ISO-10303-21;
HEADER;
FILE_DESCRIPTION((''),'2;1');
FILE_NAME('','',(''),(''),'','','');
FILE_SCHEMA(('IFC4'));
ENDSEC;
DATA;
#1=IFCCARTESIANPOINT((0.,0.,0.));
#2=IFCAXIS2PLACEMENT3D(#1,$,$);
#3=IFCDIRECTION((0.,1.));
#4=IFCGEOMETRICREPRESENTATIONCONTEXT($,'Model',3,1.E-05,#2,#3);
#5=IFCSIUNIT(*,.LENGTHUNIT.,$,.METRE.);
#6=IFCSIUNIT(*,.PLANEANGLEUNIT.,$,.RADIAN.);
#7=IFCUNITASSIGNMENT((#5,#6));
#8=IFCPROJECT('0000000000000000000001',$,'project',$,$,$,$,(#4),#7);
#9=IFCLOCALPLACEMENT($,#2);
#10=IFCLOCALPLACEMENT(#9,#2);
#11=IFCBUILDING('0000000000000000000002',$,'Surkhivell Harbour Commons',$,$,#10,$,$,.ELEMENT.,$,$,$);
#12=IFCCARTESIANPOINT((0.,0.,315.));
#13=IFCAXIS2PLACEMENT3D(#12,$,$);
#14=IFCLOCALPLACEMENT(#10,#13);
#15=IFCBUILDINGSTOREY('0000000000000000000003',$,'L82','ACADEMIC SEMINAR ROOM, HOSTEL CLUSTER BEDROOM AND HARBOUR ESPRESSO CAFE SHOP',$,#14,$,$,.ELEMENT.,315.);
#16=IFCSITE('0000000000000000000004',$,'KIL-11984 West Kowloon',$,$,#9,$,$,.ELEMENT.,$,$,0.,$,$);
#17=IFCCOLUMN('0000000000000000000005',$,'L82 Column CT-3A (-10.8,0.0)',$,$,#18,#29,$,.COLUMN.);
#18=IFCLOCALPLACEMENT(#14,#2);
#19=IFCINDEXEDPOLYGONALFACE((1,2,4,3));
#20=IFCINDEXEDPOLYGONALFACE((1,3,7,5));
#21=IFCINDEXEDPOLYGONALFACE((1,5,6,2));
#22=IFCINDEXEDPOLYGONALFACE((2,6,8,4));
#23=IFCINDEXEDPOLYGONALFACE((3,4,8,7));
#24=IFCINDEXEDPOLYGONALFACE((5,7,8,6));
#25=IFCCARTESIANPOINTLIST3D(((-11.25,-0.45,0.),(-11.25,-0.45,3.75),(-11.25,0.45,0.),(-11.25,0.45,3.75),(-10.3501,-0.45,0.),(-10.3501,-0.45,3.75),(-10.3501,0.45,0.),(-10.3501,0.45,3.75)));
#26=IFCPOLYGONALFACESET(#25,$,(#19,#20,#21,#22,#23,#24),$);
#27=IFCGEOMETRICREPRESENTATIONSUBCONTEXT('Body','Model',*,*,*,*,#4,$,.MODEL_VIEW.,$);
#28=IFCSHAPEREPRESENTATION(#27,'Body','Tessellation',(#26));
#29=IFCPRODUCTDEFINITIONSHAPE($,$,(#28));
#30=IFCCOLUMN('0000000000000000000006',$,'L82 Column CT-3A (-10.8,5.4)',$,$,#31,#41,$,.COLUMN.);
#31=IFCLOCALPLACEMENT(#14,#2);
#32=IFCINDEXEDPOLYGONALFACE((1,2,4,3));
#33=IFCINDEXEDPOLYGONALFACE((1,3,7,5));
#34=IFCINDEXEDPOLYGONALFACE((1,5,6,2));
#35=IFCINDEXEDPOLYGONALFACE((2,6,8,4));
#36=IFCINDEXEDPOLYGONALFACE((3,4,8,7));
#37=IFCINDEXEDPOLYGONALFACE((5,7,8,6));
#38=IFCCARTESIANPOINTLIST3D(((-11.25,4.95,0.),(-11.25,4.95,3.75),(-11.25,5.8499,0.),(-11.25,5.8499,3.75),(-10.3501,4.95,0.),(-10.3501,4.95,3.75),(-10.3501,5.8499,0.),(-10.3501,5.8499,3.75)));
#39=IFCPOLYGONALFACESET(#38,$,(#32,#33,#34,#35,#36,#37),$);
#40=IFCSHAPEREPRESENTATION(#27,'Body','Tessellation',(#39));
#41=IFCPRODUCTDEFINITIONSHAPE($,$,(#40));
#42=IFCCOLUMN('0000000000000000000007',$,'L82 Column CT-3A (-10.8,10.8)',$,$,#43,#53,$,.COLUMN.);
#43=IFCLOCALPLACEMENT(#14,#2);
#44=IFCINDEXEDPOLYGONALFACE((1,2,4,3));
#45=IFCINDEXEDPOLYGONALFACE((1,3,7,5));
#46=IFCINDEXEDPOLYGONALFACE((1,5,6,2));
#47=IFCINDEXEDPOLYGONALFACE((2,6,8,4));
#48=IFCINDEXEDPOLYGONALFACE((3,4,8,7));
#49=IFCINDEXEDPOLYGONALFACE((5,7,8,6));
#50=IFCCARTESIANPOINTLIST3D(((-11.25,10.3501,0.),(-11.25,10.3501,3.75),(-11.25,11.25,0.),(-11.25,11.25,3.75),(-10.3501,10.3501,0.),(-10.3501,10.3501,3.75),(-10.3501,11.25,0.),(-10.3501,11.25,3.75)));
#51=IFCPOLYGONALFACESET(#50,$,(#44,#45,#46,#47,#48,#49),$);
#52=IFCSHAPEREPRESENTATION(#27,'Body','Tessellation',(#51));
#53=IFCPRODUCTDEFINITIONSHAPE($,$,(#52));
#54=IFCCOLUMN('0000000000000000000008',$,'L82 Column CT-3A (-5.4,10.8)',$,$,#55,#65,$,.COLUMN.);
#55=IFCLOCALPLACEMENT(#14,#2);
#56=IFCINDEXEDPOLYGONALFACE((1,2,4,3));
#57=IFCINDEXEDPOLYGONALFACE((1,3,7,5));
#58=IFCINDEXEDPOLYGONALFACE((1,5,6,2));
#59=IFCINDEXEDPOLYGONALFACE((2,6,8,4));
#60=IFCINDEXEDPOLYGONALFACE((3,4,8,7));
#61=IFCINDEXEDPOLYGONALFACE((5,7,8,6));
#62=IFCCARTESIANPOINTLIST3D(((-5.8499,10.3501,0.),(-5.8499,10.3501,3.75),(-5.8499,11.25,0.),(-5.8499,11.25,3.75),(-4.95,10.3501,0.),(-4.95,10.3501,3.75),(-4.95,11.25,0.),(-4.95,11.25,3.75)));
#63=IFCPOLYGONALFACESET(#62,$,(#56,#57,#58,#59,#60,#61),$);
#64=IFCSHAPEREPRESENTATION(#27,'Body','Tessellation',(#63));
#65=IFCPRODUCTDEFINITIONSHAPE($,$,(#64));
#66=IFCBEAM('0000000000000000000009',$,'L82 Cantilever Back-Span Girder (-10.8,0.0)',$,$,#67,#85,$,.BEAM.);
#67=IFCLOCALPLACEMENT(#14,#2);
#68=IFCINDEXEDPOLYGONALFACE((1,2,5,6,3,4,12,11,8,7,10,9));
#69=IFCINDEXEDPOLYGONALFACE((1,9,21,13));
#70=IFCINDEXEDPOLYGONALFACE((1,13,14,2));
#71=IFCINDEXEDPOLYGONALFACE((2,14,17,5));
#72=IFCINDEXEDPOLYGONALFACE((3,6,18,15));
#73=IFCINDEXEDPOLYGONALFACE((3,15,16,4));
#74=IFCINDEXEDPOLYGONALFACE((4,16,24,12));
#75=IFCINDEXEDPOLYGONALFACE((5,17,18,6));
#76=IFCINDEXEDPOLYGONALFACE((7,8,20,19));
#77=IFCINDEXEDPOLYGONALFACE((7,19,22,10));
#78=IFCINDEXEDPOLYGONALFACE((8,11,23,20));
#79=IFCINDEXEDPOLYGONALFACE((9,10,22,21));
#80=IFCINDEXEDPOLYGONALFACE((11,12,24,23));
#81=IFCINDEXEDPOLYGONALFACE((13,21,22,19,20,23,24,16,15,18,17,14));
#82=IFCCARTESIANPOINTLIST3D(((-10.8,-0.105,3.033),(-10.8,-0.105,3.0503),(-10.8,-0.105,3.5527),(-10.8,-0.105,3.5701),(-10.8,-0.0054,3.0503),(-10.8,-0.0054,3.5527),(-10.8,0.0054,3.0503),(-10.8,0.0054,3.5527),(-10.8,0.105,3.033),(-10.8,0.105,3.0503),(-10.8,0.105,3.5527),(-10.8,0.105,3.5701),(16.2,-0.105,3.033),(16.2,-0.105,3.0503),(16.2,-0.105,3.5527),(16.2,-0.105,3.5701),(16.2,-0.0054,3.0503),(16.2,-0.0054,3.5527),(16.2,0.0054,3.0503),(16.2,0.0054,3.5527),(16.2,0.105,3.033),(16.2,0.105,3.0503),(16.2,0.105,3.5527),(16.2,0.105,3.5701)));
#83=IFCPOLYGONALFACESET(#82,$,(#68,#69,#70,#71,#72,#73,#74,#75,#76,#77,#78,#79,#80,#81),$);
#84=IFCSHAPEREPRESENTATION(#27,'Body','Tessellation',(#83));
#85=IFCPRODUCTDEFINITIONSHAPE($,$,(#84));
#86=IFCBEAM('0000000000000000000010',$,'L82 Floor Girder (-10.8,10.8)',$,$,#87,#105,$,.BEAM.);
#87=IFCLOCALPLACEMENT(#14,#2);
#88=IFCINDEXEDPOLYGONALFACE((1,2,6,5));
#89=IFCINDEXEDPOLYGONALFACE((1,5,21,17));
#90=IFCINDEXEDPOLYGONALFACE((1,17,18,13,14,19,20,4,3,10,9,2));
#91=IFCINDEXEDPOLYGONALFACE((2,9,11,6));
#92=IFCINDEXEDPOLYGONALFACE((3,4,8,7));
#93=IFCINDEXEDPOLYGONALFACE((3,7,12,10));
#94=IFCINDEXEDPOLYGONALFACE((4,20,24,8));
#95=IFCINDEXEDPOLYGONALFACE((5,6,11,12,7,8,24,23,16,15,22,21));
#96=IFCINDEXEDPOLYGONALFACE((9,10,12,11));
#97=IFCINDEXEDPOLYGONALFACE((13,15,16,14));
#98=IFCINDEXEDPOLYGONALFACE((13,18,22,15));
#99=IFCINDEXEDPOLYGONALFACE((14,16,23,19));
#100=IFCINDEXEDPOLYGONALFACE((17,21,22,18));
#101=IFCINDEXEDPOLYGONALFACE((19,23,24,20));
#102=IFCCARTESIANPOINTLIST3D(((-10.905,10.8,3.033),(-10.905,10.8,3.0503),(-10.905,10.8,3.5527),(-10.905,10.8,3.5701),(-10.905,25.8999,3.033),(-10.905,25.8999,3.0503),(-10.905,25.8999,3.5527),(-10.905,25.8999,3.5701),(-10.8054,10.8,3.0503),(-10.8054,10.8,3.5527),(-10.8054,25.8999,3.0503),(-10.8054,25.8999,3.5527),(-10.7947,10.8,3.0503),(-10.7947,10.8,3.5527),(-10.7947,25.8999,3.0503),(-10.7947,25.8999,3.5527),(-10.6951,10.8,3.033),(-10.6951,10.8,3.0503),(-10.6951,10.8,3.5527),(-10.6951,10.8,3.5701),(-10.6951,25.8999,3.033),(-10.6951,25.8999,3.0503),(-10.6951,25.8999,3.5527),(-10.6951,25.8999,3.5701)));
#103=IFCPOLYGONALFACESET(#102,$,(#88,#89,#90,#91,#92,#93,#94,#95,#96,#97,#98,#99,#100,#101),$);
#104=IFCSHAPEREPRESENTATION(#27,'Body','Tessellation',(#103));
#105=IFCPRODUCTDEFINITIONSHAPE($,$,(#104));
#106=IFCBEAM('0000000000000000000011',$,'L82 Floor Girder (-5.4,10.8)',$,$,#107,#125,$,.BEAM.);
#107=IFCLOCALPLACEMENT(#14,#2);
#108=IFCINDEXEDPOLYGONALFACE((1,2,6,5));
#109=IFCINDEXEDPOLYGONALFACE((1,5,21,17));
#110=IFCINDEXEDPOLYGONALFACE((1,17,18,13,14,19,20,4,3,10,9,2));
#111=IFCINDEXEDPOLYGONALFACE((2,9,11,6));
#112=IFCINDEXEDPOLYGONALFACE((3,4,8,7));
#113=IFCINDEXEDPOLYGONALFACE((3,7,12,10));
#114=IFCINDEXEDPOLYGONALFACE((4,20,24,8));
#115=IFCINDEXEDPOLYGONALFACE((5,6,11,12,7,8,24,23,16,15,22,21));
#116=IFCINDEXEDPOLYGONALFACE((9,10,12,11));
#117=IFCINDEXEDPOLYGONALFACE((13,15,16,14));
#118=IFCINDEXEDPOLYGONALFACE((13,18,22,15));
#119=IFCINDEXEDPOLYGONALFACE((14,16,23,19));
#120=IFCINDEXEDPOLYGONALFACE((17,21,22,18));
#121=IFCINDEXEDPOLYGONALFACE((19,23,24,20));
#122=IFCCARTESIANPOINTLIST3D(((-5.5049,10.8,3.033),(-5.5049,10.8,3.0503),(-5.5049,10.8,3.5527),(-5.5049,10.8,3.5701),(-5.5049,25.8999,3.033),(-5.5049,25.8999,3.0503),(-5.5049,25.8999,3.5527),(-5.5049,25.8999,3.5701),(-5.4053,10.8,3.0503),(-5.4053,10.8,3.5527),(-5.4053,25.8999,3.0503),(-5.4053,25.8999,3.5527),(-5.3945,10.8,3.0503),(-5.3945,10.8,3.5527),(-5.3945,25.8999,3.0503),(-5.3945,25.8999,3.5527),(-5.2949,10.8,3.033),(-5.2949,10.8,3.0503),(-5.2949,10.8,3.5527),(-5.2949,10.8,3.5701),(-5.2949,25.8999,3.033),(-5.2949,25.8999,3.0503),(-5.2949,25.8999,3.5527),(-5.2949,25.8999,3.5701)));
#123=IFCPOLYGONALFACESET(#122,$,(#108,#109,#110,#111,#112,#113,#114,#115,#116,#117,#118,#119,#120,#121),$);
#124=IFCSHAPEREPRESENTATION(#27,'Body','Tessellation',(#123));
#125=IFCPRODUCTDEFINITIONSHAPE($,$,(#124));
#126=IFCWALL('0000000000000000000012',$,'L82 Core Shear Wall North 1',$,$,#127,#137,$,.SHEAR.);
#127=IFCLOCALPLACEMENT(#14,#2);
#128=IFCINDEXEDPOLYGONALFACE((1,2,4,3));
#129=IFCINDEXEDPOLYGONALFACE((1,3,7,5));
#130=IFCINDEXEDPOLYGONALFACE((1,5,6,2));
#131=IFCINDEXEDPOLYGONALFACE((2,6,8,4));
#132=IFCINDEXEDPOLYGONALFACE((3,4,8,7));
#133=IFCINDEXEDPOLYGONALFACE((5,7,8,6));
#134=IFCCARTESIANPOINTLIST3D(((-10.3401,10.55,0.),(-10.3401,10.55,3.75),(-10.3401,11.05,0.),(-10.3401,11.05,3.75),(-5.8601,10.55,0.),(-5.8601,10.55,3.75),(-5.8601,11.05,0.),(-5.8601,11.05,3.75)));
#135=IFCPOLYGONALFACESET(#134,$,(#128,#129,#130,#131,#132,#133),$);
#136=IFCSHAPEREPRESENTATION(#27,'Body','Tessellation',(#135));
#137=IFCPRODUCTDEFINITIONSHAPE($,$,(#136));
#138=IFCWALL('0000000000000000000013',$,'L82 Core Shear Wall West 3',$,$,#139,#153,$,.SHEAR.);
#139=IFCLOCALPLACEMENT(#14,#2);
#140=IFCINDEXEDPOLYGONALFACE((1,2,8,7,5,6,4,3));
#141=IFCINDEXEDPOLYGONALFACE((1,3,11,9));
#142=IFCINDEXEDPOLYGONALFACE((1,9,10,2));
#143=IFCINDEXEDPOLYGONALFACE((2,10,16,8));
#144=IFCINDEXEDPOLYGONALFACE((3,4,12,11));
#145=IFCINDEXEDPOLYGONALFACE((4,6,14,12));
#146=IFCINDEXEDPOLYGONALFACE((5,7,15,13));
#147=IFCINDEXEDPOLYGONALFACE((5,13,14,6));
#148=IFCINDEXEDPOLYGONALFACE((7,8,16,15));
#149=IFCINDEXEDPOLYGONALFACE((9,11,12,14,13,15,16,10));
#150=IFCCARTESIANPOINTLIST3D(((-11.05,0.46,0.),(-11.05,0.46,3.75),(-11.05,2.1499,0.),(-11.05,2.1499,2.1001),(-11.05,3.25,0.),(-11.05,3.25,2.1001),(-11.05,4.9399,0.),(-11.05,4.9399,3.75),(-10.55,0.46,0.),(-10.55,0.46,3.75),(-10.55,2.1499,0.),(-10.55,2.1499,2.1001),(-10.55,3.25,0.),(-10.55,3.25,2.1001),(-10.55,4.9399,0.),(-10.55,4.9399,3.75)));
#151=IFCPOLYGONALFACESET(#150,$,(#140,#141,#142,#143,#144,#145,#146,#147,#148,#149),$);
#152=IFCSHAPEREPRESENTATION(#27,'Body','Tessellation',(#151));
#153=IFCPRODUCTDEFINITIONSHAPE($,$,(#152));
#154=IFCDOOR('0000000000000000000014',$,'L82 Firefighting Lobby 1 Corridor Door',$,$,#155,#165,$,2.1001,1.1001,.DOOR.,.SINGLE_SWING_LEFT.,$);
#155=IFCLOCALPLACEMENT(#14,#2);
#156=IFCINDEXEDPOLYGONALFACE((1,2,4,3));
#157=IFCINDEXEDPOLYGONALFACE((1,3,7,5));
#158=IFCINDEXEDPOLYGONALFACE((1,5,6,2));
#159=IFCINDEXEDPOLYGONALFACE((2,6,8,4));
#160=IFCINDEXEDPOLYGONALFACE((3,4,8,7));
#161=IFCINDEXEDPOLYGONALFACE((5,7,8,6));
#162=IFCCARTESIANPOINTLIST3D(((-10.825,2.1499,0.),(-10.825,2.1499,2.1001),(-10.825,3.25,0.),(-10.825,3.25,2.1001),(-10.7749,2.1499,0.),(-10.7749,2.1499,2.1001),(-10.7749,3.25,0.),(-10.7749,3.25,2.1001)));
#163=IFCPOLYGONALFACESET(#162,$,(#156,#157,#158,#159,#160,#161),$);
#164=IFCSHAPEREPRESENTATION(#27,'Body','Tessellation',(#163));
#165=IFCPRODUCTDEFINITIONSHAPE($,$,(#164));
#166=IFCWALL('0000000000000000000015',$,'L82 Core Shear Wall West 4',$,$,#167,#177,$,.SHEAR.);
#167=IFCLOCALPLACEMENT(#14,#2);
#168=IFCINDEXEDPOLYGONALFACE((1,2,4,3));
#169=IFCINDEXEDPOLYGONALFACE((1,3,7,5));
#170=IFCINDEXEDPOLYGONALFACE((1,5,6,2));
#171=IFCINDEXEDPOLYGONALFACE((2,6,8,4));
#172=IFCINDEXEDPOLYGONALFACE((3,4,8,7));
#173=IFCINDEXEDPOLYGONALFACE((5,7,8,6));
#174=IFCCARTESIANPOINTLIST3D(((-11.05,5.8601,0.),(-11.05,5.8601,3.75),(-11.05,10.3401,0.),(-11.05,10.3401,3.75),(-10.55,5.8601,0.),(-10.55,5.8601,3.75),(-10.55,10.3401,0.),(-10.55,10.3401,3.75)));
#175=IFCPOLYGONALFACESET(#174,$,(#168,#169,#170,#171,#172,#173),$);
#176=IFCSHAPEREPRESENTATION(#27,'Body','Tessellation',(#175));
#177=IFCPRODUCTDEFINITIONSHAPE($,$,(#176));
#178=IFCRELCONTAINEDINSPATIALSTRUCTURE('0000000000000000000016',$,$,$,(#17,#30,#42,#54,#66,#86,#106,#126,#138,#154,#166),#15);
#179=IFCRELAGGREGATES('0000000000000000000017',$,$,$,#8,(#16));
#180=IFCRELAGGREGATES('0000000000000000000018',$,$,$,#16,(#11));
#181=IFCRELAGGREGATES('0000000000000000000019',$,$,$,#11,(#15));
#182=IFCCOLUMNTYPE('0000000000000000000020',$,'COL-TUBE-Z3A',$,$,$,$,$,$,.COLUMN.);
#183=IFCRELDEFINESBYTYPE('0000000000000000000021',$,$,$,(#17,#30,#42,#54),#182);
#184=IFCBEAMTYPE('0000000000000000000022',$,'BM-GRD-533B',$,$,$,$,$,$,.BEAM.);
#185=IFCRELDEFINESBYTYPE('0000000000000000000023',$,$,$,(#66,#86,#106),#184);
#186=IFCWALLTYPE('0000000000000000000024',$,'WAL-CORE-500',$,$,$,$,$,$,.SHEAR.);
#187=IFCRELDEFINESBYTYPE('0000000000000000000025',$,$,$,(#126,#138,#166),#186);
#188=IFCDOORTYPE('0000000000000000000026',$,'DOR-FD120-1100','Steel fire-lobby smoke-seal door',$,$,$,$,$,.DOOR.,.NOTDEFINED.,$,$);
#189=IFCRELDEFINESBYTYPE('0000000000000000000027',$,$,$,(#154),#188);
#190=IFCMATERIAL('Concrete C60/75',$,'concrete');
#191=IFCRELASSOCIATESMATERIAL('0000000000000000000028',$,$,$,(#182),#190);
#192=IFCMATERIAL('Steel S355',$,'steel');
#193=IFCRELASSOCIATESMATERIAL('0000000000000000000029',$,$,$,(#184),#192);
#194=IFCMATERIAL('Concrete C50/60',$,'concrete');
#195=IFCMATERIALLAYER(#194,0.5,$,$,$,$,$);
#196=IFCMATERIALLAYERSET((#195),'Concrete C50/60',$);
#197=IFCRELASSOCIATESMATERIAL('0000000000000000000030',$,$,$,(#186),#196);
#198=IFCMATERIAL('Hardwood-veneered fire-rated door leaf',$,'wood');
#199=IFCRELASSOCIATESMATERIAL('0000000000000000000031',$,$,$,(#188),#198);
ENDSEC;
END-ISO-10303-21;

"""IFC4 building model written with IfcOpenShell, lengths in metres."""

from ifc_helpers import new_model, si_unit, direction, frame, frame_2d, origin, origin_2d, place, context, subcontext, project, spatial, rectangle, i_section, extrude, material, layer, layer_set, material_profile, profile_set, type_object, element, fill, save


model = new_model("IFC4")

# Units and contexts
model_context = context("Model", 3, precision=1e-05, world=origin(), true_north=direction((0.0, 1.0)))
body_context = subcontext(model_context, "Body", "Model", "MODEL_VIEW")
ifc_project = project(units=[si_unit("LENGTHUNIT", "METRE"), si_unit("PLANEANGLEUNIT", "RADIAN")], contexts=[model_context])

# Site, building, storey
site_placement = place(None, origin())
site = spatial("IfcSite", under=ifc_project, at=site_placement, Name="KIL-11984 West Kowloon", CompositionType="ELEMENT", RefElevation=0.0)
building_placement = place(site_placement, origin())
building = spatial("IfcBuilding", under=site, at=building_placement, Name="Surkhivell Harbour Commons", CompositionType="ELEMENT")
storey_placement = place(building_placement, frame((0.0, 0.0, 315.0)))
storey = spatial("IfcBuildingStorey", under=building, at=storey_placement, Name="L82", Description="ACADEMIC SEMINAR ROOM, HOSTEL CLUSTER BEDROOM AND HARBOUR ESPRESSO CAFE SHOP", CompositionType="ELEMENT", Elevation=315.0)

# Columns
ifc_material_1 = material(Name="Concrete C60/75", Category="concrete")
ifc_material_profile_1 = material_profile(ifc_material_1, rectangle(XDim=0.8999, YDim=0.8999, at=origin_2d()), Name="RC-COL-900x900")
ifc_profile_set_1 = profile_set([ifc_material_profile_1], Name="Concrete C60/75")
column_type = type_object("IfcColumnType", Name="COL-TUBE-Z3A", PredefinedType="COLUMN", material=ifc_profile_set_1)
for number, where, z_axis, x_axis, name in (
    (1, (-10.8, 0.0, 0.0), (0.0, 0.0, 1.0), (1.0, 0.0, 0.0), "L82 Column CT-3A (-10.8,0.0)"),
    (2, (-10.8, 5.3999, 0.0), (0.0, 0.0, 1.0), (1.0, 0.0, 0.0), "L82 Column CT-3A (-10.8,5.4)"),
    (3, (-10.8, 10.8, 0.0), (0.0, 0.0, 1.0), (1.0, 0.0, 0.0), "L82 Column CT-3A (-10.8,10.8)"),
    (4, (-5.3999, 10.8, 0.0), (0.0, 0.0, 1.0), (1.0, 0.0, 0.0), "L82 Column CT-3A (-5.4,10.8)"),
):
    element("IfcColumn", number, at=place(storey_placement, frame(where, z_axis=z_axis, x_axis=x_axis)), inside=storey, type_object=column_type, Name=name, PredefinedType="COLUMN", context=body_context, shape_type="SweptSolid", body=[
        extrude(rectangle(XDim=0.8999, YDim=0.8999, at=origin_2d()), origin(), (0.0, 0.0, 1.0), 3.75),
    ])

# Beams
ifc_material_2 = material(Name="Steel S355", Category="steel")
ifc_material_profile_2 = material_profile(ifc_material_2, i_section(OverallWidth=0.21, OverallDepth=0.5371, WebThickness=0.0107, FlangeThickness=0.0173, at=origin_2d()), Name="UB533x210x101")
ifc_profile_set_2 = profile_set([ifc_material_profile_2], Name="Steel S355")
beam_type = type_object("IfcBeamType", Name="BM-GRD-533B", PredefinedType="BEAM", material=ifc_profile_set_2)
beam_placement = place(storey_placement, frame((-10.8, 0.0, 3.3015), z_axis=(1.0, 0.0, 0.0), x_axis=(0.0, 1.0, 0.0)))
element("IfcBeam", 5, at=beam_placement, inside=storey, type_object=beam_type, Name="L82 Cantilever Back-Span Girder (-10.8,0.0)", PredefinedType="BEAM", context=body_context, shape_type="SweptSolid", body=[
    extrude(i_section(OverallWidth=0.21, OverallDepth=0.5371, WebThickness=0.0107, FlangeThickness=0.0173, at=origin_2d()), origin(), (0.0, 0.0, 1.0), 27.0),
])
for number, where, z_axis, x_axis, name in (
    (6, (-10.8, 10.8, 3.3015), (0.0, 1.0, 0.0), (-1.0, 0.0, 0.0), "L82 Floor Girder (-10.8,10.8)"),
    (7, (-5.3999, 10.8, 3.3015), (0.0, 1.0, 0.0), (-1.0, 0.0, 0.0), "L82 Floor Girder (-5.4,10.8)"),
):
    element("IfcBeam", number, at=place(storey_placement, frame(where, z_axis=z_axis, x_axis=x_axis)), inside=storey, type_object=beam_type, Name=name, PredefinedType="BEAM", context=body_context, shape_type="SweptSolid", body=[
        extrude(i_section(OverallWidth=0.21, OverallDepth=0.5371, WebThickness=0.0107, FlangeThickness=0.0173, at=origin_2d()), origin(), (0.0, 0.0, 1.0), 15.0999),
    ])

# Wall
ifc_material_3 = material(Name="Concrete C50/60", Category="concrete")
ifc_layer_1 = layer(ifc_material_3, 0.5)
ifc_layer_set_1 = layer_set([ifc_layer_1], Name="Concrete C50/60")
wall_type_1 = type_object("IfcWallType", Name="WAL-CORE-500", PredefinedType="SHEAR", material=ifc_layer_set_1)
wall_1_placement = place(storey_placement, frame((-10.3401, 10.8, 0.0), z_axis=(0.0, 0.0, 1.0), x_axis=(1.0, 0.0, 0.0)))
element("IfcWall", 8, at=wall_1_placement, inside=storey, type_object=wall_type_1, Name="L82 Core Shear Wall North 1", PredefinedType="SHEAR", context=body_context, shape_type="SweptSolid", body=[
    extrude(rectangle(XDim=4.48, YDim=0.5, at=frame_2d((2.24, 0.0))), origin(), (0.0, 0.0, 1.0), 3.75),
])

# Wall, opening, door
wall_2_placement = place(storey_placement, frame((-10.8, 0.46, 0.0), z_axis=(0.0, 0.0, 1.0), x_axis=(0.0, 1.0, 0.0)))
wall_2 = element("IfcWall", 9, at=wall_2_placement, inside=storey, type_object=wall_type_1, Name="L82 Core Shear Wall West 3", PredefinedType="SHEAR", context=body_context, shape_type="SweptSolid", body=[
    extrude(rectangle(XDim=4.48, YDim=0.5, at=frame_2d((2.24, 0.0))), origin(), (0.0, 0.0, 1.0), 3.75),
])
opening_1_placement = place(wall_2_placement, frame((1.6899, 0.0, 0.0)))
opening_1 = element("IfcOpeningElement", 10, at=opening_1_placement, cuts=wall_2, PredefinedType="OPENING", context=body_context, shape_type="SweptSolid", body=[
    extrude(rectangle(XDim=1.1001, YDim=2.1001, at=frame_2d((0.55, 1.05))), frame((0.0, 0.26, 0.0), z_axis=(0.0, -1.0, 0.0), x_axis=(1.0, 0.0, 0.0)), (0.0, 0.0, 1.0), 0.52),
])
ifc_material_4 = material(Name="Hardwood-veneered fire-rated door leaf", Category="wood")
door_type_1 = type_object("IfcDoorType", Name="DOR-FD120-1100", Description="Steel fire-lobby smoke-seal door", OperationType="NOTDEFINED", PredefinedType="DOOR", material=ifc_material_4)
door_1_placement = place(opening_1_placement, origin())
door_1 = element("IfcDoor", 11, at=door_1_placement, inside=storey, type_object=door_type_1, Name="L82 Firefighting Lobby 1 Corridor Door", OperationType="SINGLE_SWING_LEFT", OverallHeight=2.1001, OverallWidth=1.1001, PredefinedType="DOOR", context=body_context, shape_type="SweptSolid", body=[
    extrude(rectangle(XDim=1.1001, YDim=2.1001, at=frame_2d((0.55, 1.05))), frame((0.0, 0.0249, 0.0), z_axis=(0.0, -1.0, 0.0), x_axis=(1.0, 0.0, 0.0)), (0.0, 0.0, 1.0), 0.05),
])
fill(opening_1, door_1)

# Wall
wall_3_placement = place(storey_placement, frame((-10.8, 5.8601, 0.0), z_axis=(0.0, 0.0, 1.0), x_axis=(0.0, 1.0, 0.0)))
element("IfcWall", 12, at=wall_3_placement, inside=storey, type_object=wall_type_1, Name="L82 Core Shear Wall West 4", PredefinedType="SHEAR", context=body_context, shape_type="SweptSolid", body=[
    extrude(rectangle(XDim=4.48, YDim=0.5, at=frame_2d((2.24, 0.0))), origin(), (0.0, 0.0, 1.0), 3.75),
])

save(model, "model.ifc")
